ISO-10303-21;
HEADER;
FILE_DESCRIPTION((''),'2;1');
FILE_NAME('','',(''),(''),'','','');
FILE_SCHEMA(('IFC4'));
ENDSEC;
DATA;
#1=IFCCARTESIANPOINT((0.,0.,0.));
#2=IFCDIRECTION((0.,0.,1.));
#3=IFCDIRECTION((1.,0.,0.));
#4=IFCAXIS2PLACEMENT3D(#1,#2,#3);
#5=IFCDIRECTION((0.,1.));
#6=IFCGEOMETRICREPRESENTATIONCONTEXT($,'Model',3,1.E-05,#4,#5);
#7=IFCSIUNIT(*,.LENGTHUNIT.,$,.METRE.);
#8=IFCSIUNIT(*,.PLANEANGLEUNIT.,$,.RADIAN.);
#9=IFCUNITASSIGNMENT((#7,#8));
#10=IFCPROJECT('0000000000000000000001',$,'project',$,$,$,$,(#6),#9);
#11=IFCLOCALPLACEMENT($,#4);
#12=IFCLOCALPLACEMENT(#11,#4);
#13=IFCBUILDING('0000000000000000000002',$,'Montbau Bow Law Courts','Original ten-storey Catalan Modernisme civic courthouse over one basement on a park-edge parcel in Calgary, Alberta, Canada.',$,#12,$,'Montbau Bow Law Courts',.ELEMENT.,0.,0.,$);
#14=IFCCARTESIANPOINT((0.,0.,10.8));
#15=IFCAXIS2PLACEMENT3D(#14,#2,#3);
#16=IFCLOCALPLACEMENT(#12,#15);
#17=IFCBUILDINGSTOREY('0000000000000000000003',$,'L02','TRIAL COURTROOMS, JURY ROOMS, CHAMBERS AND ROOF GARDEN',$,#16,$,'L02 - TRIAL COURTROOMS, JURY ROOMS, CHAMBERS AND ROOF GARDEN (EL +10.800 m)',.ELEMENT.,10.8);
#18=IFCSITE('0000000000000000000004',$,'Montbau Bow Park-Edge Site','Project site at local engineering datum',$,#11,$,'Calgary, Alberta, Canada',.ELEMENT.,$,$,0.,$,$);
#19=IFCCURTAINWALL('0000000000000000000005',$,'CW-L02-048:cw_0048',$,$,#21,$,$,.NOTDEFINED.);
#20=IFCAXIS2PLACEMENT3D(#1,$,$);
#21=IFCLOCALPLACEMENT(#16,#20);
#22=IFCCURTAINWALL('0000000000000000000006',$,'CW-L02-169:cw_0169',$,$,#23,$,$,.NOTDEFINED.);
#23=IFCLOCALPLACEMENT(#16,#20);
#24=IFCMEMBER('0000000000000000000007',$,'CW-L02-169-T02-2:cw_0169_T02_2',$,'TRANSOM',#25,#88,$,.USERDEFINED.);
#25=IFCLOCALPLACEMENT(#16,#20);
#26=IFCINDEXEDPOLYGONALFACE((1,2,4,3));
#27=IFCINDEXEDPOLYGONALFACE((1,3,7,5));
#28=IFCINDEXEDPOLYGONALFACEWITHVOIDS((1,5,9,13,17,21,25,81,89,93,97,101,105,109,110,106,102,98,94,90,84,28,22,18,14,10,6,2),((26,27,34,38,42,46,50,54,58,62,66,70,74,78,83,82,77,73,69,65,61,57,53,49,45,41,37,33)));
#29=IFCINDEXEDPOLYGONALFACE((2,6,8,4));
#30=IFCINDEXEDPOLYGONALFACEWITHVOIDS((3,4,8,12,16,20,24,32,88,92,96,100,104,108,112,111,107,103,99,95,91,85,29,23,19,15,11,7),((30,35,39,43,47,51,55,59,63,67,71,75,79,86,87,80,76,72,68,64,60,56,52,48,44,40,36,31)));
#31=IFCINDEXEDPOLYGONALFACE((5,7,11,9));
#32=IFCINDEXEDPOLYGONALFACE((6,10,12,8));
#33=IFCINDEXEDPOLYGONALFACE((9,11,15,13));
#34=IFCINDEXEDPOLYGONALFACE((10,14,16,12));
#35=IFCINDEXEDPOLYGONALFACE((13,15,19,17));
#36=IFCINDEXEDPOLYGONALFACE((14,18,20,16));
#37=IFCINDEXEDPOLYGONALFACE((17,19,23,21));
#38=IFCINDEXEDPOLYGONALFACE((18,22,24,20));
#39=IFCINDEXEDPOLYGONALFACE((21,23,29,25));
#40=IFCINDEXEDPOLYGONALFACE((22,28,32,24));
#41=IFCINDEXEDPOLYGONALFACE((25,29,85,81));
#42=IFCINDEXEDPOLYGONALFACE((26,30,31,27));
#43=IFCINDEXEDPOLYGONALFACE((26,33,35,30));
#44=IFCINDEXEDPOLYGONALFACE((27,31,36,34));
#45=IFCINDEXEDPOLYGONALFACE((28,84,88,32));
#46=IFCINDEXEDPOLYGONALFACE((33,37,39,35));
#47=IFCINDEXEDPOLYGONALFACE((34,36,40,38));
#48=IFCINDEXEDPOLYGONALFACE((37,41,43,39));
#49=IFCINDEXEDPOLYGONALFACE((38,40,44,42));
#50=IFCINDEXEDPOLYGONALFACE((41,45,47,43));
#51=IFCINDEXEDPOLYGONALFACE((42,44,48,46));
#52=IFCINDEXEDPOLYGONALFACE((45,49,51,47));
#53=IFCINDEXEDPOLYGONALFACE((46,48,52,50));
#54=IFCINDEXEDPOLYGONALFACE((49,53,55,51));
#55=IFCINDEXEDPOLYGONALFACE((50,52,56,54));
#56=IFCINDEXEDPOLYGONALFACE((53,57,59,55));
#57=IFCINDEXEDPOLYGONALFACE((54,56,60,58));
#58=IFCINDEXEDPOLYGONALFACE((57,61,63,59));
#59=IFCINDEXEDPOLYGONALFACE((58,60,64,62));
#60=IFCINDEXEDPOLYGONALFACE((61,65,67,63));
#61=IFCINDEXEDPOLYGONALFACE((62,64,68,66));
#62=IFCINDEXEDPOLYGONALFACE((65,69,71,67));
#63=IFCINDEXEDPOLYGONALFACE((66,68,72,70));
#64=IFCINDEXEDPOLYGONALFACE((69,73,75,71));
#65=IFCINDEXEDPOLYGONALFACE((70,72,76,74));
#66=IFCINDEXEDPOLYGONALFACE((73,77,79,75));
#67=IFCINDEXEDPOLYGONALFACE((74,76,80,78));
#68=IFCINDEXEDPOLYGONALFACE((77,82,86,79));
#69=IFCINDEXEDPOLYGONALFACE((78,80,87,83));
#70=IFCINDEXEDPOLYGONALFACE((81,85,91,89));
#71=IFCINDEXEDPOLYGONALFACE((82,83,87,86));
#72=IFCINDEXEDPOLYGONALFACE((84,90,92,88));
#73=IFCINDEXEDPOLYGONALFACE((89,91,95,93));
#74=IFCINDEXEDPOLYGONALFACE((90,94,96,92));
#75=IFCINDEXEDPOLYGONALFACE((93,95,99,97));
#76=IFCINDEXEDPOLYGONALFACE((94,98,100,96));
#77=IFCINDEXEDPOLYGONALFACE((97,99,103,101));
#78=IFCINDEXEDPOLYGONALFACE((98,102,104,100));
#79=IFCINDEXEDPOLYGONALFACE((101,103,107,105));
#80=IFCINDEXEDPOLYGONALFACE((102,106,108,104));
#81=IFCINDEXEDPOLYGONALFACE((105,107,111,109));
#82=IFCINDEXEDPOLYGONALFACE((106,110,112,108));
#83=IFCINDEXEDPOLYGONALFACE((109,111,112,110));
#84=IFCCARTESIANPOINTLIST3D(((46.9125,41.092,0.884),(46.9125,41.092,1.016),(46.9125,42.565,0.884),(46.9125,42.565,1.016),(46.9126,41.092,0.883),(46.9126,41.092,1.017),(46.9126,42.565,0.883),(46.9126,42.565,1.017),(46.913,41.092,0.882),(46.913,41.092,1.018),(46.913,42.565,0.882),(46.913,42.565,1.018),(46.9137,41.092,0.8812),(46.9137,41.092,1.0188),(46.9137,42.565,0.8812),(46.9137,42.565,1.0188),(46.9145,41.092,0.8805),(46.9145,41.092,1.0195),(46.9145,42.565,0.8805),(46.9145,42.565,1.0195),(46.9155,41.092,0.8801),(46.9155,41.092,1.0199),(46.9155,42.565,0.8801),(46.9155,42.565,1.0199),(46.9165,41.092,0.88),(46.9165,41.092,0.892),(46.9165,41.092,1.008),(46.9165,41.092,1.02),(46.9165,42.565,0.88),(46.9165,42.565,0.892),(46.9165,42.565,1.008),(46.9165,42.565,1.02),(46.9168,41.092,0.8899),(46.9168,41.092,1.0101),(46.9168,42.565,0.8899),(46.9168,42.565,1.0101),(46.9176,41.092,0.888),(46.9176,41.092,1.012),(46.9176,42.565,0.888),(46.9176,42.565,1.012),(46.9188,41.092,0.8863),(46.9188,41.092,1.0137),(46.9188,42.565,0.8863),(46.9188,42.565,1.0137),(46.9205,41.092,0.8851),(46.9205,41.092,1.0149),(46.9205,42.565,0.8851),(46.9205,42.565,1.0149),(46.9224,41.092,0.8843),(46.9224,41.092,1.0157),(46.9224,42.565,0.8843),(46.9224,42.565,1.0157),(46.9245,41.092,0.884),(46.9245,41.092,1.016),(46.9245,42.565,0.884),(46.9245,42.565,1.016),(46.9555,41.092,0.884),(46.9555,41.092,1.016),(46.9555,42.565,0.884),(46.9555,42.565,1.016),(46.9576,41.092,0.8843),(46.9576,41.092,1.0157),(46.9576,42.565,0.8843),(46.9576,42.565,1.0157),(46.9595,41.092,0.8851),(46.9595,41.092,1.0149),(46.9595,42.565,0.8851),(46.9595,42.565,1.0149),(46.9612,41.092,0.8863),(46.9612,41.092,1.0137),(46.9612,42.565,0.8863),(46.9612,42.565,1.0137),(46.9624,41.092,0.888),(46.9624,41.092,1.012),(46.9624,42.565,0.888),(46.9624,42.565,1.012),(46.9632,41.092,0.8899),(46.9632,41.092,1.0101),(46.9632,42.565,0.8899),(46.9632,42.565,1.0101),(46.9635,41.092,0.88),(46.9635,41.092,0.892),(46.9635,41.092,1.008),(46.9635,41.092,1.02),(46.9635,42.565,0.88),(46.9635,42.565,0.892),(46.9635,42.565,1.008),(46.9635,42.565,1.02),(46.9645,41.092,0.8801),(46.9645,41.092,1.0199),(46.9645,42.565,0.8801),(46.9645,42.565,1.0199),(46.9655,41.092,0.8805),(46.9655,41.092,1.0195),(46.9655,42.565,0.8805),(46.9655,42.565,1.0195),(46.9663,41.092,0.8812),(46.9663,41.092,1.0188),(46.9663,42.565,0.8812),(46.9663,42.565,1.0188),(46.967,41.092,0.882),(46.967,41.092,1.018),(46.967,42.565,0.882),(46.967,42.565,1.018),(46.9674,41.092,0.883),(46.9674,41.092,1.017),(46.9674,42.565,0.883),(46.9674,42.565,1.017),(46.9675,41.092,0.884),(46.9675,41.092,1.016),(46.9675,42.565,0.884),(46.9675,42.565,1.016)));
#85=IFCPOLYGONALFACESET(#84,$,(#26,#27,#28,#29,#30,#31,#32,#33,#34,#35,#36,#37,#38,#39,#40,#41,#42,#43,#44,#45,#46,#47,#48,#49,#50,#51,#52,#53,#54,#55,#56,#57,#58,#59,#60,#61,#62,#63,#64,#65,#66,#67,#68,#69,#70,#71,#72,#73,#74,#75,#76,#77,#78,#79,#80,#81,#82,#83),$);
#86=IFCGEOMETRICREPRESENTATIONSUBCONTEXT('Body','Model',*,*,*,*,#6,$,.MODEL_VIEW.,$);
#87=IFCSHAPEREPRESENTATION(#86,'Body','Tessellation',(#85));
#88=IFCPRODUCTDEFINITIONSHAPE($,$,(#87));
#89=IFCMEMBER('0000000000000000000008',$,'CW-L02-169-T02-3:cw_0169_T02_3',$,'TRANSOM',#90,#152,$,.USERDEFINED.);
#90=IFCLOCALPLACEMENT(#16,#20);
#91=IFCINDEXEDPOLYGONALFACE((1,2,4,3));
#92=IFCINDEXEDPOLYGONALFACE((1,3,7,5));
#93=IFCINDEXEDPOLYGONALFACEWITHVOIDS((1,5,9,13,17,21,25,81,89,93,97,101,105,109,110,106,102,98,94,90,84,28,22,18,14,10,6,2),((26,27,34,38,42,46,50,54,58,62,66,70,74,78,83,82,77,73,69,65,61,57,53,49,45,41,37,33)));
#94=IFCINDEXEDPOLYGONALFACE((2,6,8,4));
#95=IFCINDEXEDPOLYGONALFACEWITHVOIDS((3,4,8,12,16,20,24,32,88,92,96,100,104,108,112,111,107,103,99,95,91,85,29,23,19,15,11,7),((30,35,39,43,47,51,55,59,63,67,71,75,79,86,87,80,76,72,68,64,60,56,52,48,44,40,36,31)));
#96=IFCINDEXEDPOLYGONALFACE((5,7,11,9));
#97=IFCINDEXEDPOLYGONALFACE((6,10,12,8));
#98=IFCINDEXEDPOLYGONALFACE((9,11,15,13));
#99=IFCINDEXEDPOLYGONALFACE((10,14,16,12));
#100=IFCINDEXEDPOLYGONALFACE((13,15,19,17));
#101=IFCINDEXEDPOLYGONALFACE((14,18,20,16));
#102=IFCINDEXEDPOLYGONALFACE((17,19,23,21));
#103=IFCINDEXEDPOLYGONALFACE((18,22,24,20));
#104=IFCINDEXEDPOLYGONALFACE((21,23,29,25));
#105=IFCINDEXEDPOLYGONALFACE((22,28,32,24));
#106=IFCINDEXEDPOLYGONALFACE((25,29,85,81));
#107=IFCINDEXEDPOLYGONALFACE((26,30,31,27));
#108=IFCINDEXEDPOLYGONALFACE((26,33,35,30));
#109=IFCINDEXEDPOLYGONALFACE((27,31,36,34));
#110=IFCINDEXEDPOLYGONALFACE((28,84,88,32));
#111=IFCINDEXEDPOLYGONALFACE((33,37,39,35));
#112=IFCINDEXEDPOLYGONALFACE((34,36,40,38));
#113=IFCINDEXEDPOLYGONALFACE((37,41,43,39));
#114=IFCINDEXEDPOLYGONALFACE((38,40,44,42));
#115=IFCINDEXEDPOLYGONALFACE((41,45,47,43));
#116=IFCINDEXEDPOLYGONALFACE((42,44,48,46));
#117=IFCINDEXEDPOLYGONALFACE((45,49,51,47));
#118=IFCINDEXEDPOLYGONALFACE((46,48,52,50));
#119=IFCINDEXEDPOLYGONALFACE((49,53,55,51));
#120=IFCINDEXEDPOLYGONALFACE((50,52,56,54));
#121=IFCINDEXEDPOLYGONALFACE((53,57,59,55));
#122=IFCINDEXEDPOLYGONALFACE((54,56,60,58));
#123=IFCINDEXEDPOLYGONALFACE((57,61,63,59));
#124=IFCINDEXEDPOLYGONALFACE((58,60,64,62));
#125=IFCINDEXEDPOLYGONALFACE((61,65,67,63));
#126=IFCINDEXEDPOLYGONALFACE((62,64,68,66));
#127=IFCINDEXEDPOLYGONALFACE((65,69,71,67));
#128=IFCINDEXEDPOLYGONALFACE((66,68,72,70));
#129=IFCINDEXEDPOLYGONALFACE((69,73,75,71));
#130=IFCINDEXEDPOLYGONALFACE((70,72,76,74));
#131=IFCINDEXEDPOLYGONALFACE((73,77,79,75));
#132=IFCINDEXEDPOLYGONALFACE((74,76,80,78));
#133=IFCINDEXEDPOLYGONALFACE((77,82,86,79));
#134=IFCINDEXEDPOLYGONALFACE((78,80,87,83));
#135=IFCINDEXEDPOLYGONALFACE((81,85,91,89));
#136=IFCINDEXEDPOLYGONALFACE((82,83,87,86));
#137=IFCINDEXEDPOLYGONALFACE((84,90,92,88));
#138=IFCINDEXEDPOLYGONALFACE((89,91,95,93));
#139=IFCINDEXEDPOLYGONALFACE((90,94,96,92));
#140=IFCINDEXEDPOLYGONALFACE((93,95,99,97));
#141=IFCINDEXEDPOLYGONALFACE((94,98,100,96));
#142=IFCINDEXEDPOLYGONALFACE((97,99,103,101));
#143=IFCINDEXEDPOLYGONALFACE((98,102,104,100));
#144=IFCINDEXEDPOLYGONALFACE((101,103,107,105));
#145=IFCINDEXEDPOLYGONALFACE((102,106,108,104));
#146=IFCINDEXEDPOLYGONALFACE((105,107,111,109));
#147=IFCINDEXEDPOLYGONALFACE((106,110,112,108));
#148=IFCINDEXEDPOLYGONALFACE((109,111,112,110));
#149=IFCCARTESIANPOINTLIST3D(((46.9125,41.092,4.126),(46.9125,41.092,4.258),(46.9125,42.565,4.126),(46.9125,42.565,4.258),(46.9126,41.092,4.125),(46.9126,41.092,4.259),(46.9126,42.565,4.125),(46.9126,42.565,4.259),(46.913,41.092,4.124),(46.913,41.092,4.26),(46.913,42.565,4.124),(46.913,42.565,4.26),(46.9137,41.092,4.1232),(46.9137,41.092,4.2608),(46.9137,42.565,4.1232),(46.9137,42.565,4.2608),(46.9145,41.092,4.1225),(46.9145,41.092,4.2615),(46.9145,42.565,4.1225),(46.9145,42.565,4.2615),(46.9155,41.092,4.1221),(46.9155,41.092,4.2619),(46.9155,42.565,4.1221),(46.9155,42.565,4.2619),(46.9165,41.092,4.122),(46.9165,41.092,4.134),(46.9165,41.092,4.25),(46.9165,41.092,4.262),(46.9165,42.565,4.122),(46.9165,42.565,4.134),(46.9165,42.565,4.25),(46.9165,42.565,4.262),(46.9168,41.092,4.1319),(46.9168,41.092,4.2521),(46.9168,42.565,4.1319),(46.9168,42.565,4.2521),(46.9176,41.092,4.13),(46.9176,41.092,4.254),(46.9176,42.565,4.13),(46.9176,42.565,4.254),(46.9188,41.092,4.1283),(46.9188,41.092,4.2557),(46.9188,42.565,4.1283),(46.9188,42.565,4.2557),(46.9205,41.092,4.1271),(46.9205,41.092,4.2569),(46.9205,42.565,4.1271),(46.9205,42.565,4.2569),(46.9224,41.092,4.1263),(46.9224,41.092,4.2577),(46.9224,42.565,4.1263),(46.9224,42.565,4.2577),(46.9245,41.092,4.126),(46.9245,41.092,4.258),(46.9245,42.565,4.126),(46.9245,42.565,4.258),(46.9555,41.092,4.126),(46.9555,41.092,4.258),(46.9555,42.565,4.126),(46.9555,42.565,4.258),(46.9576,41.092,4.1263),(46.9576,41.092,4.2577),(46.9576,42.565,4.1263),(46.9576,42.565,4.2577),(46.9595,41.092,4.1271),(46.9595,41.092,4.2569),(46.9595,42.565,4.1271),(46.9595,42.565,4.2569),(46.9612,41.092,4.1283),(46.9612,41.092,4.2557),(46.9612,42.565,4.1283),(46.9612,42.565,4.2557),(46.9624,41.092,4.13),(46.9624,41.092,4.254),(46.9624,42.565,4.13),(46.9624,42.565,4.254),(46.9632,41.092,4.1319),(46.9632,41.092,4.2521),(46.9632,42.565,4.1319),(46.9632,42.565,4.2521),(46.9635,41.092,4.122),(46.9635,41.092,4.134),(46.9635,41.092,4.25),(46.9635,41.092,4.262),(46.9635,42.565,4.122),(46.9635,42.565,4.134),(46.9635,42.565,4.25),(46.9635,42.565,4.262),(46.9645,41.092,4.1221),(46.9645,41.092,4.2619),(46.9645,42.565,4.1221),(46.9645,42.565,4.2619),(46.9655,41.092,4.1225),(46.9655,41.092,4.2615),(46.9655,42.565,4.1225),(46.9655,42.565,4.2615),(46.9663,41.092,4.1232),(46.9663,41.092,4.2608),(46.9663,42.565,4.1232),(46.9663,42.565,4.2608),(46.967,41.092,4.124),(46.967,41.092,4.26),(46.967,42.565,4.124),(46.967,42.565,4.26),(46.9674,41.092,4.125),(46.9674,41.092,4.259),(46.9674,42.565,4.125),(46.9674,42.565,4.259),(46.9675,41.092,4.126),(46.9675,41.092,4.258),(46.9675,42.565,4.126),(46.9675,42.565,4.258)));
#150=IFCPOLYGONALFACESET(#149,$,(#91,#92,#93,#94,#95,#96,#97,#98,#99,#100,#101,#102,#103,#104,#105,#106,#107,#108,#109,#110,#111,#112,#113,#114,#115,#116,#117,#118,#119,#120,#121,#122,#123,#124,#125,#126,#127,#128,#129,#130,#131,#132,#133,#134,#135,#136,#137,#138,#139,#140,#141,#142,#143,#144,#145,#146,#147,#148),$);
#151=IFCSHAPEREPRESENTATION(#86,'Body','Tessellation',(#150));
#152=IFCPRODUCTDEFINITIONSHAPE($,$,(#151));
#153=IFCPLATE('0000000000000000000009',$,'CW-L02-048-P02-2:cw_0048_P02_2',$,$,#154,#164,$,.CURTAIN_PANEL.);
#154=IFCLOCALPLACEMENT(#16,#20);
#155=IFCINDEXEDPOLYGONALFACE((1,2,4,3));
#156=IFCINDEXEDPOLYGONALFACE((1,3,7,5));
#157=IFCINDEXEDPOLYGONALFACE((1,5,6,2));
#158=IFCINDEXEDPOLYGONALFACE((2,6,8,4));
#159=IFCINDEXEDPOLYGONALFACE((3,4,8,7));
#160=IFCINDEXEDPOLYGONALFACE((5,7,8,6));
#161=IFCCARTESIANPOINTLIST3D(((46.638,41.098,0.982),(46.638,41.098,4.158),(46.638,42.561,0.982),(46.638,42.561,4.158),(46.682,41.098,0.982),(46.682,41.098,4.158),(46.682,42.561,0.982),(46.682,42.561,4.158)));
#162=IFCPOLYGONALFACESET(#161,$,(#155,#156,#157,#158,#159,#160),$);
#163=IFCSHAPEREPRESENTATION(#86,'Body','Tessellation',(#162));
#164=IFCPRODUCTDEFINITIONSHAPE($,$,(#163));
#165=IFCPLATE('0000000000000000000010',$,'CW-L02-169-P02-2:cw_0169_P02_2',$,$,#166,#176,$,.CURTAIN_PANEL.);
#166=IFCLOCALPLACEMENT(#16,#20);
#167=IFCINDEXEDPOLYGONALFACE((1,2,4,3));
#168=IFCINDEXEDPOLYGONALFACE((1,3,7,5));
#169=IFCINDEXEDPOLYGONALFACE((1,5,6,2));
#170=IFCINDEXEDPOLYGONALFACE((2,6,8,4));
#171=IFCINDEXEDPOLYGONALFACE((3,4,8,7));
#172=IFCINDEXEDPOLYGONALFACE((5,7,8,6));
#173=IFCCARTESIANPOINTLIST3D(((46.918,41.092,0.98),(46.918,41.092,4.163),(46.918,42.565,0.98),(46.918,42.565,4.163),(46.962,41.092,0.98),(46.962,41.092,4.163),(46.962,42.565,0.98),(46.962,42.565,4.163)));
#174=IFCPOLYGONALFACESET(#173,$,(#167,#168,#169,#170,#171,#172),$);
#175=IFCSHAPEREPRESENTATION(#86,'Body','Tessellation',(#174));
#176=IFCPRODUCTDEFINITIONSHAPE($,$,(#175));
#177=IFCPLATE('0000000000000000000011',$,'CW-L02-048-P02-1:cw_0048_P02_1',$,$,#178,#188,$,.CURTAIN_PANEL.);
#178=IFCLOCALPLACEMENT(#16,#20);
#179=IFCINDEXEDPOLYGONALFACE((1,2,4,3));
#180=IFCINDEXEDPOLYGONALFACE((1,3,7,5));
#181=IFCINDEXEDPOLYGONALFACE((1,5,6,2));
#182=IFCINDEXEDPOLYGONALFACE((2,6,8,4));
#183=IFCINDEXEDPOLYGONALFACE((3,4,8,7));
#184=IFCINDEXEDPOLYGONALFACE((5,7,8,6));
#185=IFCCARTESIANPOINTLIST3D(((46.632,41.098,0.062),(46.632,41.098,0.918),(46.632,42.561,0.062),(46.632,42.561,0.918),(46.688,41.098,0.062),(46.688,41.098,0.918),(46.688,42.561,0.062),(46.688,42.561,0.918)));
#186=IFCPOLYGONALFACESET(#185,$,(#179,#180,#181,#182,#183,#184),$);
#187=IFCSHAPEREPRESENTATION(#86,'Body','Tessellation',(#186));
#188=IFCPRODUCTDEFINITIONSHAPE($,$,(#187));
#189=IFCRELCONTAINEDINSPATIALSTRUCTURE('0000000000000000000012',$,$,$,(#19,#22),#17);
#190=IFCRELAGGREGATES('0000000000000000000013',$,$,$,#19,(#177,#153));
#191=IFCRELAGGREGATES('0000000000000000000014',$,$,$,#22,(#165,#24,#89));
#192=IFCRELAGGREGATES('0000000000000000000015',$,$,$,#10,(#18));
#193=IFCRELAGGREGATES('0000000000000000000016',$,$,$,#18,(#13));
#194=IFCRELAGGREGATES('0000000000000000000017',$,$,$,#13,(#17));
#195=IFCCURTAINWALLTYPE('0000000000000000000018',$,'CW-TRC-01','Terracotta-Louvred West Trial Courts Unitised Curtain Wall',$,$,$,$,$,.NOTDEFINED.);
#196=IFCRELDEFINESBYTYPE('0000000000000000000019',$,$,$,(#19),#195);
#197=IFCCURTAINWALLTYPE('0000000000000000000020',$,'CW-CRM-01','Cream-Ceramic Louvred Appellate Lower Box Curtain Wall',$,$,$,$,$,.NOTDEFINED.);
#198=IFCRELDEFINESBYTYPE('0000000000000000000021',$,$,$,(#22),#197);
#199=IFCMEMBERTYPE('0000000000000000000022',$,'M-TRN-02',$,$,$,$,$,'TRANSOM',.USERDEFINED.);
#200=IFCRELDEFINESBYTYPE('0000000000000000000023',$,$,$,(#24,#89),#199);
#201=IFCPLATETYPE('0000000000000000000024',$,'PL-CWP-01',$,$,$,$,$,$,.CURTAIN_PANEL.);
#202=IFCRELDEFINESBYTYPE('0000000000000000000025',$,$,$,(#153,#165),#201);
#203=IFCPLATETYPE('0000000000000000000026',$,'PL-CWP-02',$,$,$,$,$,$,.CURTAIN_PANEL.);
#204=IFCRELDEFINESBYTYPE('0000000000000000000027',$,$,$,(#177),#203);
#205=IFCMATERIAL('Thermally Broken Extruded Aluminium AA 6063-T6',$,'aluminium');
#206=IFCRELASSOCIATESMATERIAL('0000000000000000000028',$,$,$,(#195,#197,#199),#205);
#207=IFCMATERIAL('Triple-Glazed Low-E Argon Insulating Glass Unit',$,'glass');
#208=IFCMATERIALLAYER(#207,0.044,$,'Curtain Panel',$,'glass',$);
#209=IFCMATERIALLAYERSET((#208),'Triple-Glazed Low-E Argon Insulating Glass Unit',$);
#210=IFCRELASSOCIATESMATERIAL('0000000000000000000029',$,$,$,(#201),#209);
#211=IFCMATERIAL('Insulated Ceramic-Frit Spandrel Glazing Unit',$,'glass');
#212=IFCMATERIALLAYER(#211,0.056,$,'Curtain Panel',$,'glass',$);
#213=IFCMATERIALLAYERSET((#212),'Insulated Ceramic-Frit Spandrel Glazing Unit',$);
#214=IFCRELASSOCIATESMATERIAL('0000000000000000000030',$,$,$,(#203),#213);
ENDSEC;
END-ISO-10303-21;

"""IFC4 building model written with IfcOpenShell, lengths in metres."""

from ifc_helpers import new_model, si_unit, direction, frame, frame_2d, origin_with_axes, origin_2d_with_axis, place, context, subcontext, project, spatial, rectangle, hollow_rectangle, extrude, material, layer, layer_set, material_profile, profile_set, type_object, element, aggregate, save


model = new_model("IFC4")

# Units and contexts
model_context = context("Model", 3, precision=1e-05, world=origin_with_axes(), true_north=direction((0.0, 1.0)))
body_context = subcontext(model_context, "Body", "Model", "MODEL_VIEW")
ifc_project = project(units=[si_unit("LENGTHUNIT", "METRE"), si_unit("PLANEANGLEUNIT", "RADIAN")], contexts=[model_context])

# Site, building, storey
site_placement = place(None, origin_with_axes())
site = spatial("IfcSite", under=ifc_project, at=site_placement, Name="Montbau Bow Park-Edge Site", Description="Project site at local engineering datum", LongName="Calgary, Alberta, Canada", CompositionType="ELEMENT", RefElevation=0.0)
building_placement = place(site_placement, origin_with_axes())
building = spatial("IfcBuilding", under=site, at=building_placement, Name="Montbau Bow Law Courts", Description="Original ten-storey Catalan Modernisme civic courthouse over one basement on a park-edge parcel in Calgary, Alberta, Canada.", LongName="Montbau Bow Law Courts", CompositionType="ELEMENT", ElevationOfRefHeight=0.0, ElevationOfTerrain=0.0)
storey_placement = place(building_placement, frame((0.0, 0.0, 10.8), z_axis=(0.0, 0.0, 1.0), x_axis=(1.0, 0.0, 0.0)))
storey = spatial("IfcBuildingStorey", under=building, at=storey_placement, Name="L02", Description="TRIAL COURTROOMS, JURY ROOMS, CHAMBERS AND ROOF GARDEN", LongName="L02 - TRIAL COURTROOMS, JURY ROOMS, CHAMBERS AND ROOF GARDEN (EL +10.800 m)", CompositionType="ELEMENT", Elevation=10.8)

# Curtain walls
ifc_material_1 = material(Name="Thermally Broken Extruded Aluminium AA 6063-T6", Category="aluminium")
curtain_wall_type_1 = type_object("IfcCurtainWallType", Name="CW-TRC-01", Description="Terracotta-Louvred West Trial Courts Unitised Curtain Wall", PredefinedType="NOTDEFINED", material=ifc_material_1)
curtain_wall_1_placement = place(None, frame((46.66, 39.515, 10.8), z_axis=(0.0, 0.0, 1.0), x_axis=(1.0, 0.0, 0.0)))
curtain_wall_1 = element("IfcCurtainWall", 1, at=curtain_wall_1_placement, inside=storey, type_object=curtain_wall_type_1, Name="CW-L02-048:cw_0048", PredefinedType="NOTDEFINED")
curtain_wall_type_2 = type_object("IfcCurtainWallType", Name="CW-CRM-01", Description="Cream-Ceramic Louvred Appellate Lower Box Curtain Wall", PredefinedType="NOTDEFINED", material=ifc_material_1)
curtain_wall_2_placement = place(None, frame((46.94, 39.515, 10.8), z_axis=(0.0, 0.0, 1.0), x_axis=(1.0, 0.0, 0.0)))
curtain_wall_2 = element("IfcCurtainWall", 2, at=curtain_wall_2_placement, inside=storey, type_object=curtain_wall_type_2, Name="CW-L02-169:cw_0169", PredefinedType="NOTDEFINED")

# Members
ifc_material_profile_1 = material_profile(ifc_material_1, hollow_rectangle(XDim=0.055, YDim=0.14, WallThickness=0.004, InnerFilletRadius=0.008, OuterFilletRadius=0.004, at=origin_2d_with_axis()), Name="CWT-140X55", Category="Main", Priority=0)
ifc_profile_set_1 = profile_set([ifc_material_profile_1], Name="Thermally Broken Extruded Aluminium AA 6063-T6")
member_type_1 = type_object("IfcMemberType", Name="M-TRN-02", ElementType="TRANSOM", PredefinedType="USERDEFINED", material=ifc_profile_set_1)
member_1_placement = place(None, frame((46.94, 41.092, 11.75), z_axis=(0.0, 1.0, 0.0), x_axis=(-1.0, 0.0, 0.0)))
member_1 = element("IfcMember", 3, at=member_1_placement, type_object=member_type_1, Name="CW-L02-169-T02-2:cw_0169_T02_2", ObjectType="TRANSOM", PredefinedType="USERDEFINED", context=body_context, shape_type="SweptSolid", body=[
    extrude(hollow_rectangle(XDim=0.055, YDim=0.14, WallThickness=0.004, InnerFilletRadius=0.008, OuterFilletRadius=0.004, at=origin_2d_with_axis()), origin_with_axes(), (0.0, 0.0, 1.0), 1.473),
])
member_2_placement = place(None, frame((46.94, 41.092, 14.992), z_axis=(0.0, 1.0, 0.0), x_axis=(-1.0, 0.0, 0.0)))
member_2 = element("IfcMember", 4, at=member_2_placement, type_object=member_type_1, Name="CW-L02-169-T02-3:cw_0169_T02_3", ObjectType="TRANSOM", PredefinedType="USERDEFINED", context=body_context, shape_type="SweptSolid", body=[
    extrude(hollow_rectangle(XDim=0.055, YDim=0.14, WallThickness=0.004, InnerFilletRadius=0.008, OuterFilletRadius=0.004, at=origin_2d_with_axis()), origin_with_axes(), (0.0, 0.0, 1.0), 1.473),
])

# Plates
ifc_material_2 = material(Name="Triple-Glazed Low-E Argon Insulating Glass Unit", Category="glass")
ifc_layer_1 = layer(ifc_material_2, 0.044, Name="Curtain Panel", Category="glass")
ifc_layer_set_1 = layer_set([ifc_layer_1], Name="Triple-Glazed Low-E Argon Insulating Glass Unit")
plate_type_1 = type_object("IfcPlateType", Name="PL-CWP-01", PredefinedType="CURTAIN_PANEL", material=ifc_layer_set_1)
plate_1_placement = place(None, frame((46.66, 41.098, 11.782), z_axis=(1.0, 0.0, 0.0), x_axis=(0.0, 1.0, 0.0)))
plate_1 = element("IfcPlate", 5, at=plate_1_placement, type_object=plate_type_1, Name="CW-L02-048-P02-2:cw_0048_P02_2", PredefinedType="CURTAIN_PANEL", context=body_context, shape_type="SweptSolid", body=[
    extrude(rectangle(XDim=1.463, YDim=3.176, at=frame_2d((0.7315, 1.588), x_axis=(1.0, 0.0))), frame((0.0, 0.0, -0.022), z_axis=(0.0, 0.0, 1.0), x_axis=(1.0, 0.0, 0.0)), (0.0, 0.0, 1.0), 0.044),
])
plate_2_placement = place(None, frame((46.94, 41.092, 11.78), z_axis=(1.0, 0.0, 0.0), x_axis=(0.0, 1.0, 0.0)))
plate_2 = element("IfcPlate", 6, at=plate_2_placement, type_object=plate_type_1, Name="CW-L02-169-P02-2:cw_0169_P02_2", PredefinedType="CURTAIN_PANEL", context=body_context, shape_type="SweptSolid", body=[
    extrude(rectangle(XDim=1.473, YDim=3.183, at=frame_2d((0.7365, 1.5915), x_axis=(1.0, 0.0))), frame((0.0, 0.0, -0.022), z_axis=(0.0, 0.0, 1.0), x_axis=(1.0, 0.0, 0.0)), (0.0, 0.0, 1.0), 0.044),
])
ifc_material_3 = material(Name="Insulated Ceramic-Frit Spandrel Glazing Unit", Category="glass")
ifc_layer_2 = layer(ifc_material_3, 0.056, Name="Curtain Panel", Category="glass")
ifc_layer_set_2 = layer_set([ifc_layer_2], Name="Insulated Ceramic-Frit Spandrel Glazing Unit")
plate_type_2 = type_object("IfcPlateType", Name="PL-CWP-02", PredefinedType="CURTAIN_PANEL", material=ifc_layer_set_2)
plate_3_placement = place(None, frame((46.66, 41.098, 10.862), z_axis=(1.0, 0.0, 0.0), x_axis=(0.0, 1.0, 0.0)))
plate_3 = element("IfcPlate", 7, at=plate_3_placement, type_object=plate_type_2, Name="CW-L02-048-P02-1:cw_0048_P02_1", PredefinedType="CURTAIN_PANEL", context=body_context, shape_type="SweptSolid", body=[
    extrude(rectangle(XDim=1.463, YDim=0.856, at=frame_2d((0.7315, 0.428), x_axis=(1.0, 0.0))), frame((0.0, 0.0, -0.028), z_axis=(0.0, 0.0, 1.0), x_axis=(1.0, 0.0, 0.0)), (0.0, 0.0, 1.0), 0.056),
])
aggregate(curtain_wall_1, [plate_3, plate_1])
aggregate(curtain_wall_2, [plate_2, member_1, member_2])

save(model, "model.ifc")
